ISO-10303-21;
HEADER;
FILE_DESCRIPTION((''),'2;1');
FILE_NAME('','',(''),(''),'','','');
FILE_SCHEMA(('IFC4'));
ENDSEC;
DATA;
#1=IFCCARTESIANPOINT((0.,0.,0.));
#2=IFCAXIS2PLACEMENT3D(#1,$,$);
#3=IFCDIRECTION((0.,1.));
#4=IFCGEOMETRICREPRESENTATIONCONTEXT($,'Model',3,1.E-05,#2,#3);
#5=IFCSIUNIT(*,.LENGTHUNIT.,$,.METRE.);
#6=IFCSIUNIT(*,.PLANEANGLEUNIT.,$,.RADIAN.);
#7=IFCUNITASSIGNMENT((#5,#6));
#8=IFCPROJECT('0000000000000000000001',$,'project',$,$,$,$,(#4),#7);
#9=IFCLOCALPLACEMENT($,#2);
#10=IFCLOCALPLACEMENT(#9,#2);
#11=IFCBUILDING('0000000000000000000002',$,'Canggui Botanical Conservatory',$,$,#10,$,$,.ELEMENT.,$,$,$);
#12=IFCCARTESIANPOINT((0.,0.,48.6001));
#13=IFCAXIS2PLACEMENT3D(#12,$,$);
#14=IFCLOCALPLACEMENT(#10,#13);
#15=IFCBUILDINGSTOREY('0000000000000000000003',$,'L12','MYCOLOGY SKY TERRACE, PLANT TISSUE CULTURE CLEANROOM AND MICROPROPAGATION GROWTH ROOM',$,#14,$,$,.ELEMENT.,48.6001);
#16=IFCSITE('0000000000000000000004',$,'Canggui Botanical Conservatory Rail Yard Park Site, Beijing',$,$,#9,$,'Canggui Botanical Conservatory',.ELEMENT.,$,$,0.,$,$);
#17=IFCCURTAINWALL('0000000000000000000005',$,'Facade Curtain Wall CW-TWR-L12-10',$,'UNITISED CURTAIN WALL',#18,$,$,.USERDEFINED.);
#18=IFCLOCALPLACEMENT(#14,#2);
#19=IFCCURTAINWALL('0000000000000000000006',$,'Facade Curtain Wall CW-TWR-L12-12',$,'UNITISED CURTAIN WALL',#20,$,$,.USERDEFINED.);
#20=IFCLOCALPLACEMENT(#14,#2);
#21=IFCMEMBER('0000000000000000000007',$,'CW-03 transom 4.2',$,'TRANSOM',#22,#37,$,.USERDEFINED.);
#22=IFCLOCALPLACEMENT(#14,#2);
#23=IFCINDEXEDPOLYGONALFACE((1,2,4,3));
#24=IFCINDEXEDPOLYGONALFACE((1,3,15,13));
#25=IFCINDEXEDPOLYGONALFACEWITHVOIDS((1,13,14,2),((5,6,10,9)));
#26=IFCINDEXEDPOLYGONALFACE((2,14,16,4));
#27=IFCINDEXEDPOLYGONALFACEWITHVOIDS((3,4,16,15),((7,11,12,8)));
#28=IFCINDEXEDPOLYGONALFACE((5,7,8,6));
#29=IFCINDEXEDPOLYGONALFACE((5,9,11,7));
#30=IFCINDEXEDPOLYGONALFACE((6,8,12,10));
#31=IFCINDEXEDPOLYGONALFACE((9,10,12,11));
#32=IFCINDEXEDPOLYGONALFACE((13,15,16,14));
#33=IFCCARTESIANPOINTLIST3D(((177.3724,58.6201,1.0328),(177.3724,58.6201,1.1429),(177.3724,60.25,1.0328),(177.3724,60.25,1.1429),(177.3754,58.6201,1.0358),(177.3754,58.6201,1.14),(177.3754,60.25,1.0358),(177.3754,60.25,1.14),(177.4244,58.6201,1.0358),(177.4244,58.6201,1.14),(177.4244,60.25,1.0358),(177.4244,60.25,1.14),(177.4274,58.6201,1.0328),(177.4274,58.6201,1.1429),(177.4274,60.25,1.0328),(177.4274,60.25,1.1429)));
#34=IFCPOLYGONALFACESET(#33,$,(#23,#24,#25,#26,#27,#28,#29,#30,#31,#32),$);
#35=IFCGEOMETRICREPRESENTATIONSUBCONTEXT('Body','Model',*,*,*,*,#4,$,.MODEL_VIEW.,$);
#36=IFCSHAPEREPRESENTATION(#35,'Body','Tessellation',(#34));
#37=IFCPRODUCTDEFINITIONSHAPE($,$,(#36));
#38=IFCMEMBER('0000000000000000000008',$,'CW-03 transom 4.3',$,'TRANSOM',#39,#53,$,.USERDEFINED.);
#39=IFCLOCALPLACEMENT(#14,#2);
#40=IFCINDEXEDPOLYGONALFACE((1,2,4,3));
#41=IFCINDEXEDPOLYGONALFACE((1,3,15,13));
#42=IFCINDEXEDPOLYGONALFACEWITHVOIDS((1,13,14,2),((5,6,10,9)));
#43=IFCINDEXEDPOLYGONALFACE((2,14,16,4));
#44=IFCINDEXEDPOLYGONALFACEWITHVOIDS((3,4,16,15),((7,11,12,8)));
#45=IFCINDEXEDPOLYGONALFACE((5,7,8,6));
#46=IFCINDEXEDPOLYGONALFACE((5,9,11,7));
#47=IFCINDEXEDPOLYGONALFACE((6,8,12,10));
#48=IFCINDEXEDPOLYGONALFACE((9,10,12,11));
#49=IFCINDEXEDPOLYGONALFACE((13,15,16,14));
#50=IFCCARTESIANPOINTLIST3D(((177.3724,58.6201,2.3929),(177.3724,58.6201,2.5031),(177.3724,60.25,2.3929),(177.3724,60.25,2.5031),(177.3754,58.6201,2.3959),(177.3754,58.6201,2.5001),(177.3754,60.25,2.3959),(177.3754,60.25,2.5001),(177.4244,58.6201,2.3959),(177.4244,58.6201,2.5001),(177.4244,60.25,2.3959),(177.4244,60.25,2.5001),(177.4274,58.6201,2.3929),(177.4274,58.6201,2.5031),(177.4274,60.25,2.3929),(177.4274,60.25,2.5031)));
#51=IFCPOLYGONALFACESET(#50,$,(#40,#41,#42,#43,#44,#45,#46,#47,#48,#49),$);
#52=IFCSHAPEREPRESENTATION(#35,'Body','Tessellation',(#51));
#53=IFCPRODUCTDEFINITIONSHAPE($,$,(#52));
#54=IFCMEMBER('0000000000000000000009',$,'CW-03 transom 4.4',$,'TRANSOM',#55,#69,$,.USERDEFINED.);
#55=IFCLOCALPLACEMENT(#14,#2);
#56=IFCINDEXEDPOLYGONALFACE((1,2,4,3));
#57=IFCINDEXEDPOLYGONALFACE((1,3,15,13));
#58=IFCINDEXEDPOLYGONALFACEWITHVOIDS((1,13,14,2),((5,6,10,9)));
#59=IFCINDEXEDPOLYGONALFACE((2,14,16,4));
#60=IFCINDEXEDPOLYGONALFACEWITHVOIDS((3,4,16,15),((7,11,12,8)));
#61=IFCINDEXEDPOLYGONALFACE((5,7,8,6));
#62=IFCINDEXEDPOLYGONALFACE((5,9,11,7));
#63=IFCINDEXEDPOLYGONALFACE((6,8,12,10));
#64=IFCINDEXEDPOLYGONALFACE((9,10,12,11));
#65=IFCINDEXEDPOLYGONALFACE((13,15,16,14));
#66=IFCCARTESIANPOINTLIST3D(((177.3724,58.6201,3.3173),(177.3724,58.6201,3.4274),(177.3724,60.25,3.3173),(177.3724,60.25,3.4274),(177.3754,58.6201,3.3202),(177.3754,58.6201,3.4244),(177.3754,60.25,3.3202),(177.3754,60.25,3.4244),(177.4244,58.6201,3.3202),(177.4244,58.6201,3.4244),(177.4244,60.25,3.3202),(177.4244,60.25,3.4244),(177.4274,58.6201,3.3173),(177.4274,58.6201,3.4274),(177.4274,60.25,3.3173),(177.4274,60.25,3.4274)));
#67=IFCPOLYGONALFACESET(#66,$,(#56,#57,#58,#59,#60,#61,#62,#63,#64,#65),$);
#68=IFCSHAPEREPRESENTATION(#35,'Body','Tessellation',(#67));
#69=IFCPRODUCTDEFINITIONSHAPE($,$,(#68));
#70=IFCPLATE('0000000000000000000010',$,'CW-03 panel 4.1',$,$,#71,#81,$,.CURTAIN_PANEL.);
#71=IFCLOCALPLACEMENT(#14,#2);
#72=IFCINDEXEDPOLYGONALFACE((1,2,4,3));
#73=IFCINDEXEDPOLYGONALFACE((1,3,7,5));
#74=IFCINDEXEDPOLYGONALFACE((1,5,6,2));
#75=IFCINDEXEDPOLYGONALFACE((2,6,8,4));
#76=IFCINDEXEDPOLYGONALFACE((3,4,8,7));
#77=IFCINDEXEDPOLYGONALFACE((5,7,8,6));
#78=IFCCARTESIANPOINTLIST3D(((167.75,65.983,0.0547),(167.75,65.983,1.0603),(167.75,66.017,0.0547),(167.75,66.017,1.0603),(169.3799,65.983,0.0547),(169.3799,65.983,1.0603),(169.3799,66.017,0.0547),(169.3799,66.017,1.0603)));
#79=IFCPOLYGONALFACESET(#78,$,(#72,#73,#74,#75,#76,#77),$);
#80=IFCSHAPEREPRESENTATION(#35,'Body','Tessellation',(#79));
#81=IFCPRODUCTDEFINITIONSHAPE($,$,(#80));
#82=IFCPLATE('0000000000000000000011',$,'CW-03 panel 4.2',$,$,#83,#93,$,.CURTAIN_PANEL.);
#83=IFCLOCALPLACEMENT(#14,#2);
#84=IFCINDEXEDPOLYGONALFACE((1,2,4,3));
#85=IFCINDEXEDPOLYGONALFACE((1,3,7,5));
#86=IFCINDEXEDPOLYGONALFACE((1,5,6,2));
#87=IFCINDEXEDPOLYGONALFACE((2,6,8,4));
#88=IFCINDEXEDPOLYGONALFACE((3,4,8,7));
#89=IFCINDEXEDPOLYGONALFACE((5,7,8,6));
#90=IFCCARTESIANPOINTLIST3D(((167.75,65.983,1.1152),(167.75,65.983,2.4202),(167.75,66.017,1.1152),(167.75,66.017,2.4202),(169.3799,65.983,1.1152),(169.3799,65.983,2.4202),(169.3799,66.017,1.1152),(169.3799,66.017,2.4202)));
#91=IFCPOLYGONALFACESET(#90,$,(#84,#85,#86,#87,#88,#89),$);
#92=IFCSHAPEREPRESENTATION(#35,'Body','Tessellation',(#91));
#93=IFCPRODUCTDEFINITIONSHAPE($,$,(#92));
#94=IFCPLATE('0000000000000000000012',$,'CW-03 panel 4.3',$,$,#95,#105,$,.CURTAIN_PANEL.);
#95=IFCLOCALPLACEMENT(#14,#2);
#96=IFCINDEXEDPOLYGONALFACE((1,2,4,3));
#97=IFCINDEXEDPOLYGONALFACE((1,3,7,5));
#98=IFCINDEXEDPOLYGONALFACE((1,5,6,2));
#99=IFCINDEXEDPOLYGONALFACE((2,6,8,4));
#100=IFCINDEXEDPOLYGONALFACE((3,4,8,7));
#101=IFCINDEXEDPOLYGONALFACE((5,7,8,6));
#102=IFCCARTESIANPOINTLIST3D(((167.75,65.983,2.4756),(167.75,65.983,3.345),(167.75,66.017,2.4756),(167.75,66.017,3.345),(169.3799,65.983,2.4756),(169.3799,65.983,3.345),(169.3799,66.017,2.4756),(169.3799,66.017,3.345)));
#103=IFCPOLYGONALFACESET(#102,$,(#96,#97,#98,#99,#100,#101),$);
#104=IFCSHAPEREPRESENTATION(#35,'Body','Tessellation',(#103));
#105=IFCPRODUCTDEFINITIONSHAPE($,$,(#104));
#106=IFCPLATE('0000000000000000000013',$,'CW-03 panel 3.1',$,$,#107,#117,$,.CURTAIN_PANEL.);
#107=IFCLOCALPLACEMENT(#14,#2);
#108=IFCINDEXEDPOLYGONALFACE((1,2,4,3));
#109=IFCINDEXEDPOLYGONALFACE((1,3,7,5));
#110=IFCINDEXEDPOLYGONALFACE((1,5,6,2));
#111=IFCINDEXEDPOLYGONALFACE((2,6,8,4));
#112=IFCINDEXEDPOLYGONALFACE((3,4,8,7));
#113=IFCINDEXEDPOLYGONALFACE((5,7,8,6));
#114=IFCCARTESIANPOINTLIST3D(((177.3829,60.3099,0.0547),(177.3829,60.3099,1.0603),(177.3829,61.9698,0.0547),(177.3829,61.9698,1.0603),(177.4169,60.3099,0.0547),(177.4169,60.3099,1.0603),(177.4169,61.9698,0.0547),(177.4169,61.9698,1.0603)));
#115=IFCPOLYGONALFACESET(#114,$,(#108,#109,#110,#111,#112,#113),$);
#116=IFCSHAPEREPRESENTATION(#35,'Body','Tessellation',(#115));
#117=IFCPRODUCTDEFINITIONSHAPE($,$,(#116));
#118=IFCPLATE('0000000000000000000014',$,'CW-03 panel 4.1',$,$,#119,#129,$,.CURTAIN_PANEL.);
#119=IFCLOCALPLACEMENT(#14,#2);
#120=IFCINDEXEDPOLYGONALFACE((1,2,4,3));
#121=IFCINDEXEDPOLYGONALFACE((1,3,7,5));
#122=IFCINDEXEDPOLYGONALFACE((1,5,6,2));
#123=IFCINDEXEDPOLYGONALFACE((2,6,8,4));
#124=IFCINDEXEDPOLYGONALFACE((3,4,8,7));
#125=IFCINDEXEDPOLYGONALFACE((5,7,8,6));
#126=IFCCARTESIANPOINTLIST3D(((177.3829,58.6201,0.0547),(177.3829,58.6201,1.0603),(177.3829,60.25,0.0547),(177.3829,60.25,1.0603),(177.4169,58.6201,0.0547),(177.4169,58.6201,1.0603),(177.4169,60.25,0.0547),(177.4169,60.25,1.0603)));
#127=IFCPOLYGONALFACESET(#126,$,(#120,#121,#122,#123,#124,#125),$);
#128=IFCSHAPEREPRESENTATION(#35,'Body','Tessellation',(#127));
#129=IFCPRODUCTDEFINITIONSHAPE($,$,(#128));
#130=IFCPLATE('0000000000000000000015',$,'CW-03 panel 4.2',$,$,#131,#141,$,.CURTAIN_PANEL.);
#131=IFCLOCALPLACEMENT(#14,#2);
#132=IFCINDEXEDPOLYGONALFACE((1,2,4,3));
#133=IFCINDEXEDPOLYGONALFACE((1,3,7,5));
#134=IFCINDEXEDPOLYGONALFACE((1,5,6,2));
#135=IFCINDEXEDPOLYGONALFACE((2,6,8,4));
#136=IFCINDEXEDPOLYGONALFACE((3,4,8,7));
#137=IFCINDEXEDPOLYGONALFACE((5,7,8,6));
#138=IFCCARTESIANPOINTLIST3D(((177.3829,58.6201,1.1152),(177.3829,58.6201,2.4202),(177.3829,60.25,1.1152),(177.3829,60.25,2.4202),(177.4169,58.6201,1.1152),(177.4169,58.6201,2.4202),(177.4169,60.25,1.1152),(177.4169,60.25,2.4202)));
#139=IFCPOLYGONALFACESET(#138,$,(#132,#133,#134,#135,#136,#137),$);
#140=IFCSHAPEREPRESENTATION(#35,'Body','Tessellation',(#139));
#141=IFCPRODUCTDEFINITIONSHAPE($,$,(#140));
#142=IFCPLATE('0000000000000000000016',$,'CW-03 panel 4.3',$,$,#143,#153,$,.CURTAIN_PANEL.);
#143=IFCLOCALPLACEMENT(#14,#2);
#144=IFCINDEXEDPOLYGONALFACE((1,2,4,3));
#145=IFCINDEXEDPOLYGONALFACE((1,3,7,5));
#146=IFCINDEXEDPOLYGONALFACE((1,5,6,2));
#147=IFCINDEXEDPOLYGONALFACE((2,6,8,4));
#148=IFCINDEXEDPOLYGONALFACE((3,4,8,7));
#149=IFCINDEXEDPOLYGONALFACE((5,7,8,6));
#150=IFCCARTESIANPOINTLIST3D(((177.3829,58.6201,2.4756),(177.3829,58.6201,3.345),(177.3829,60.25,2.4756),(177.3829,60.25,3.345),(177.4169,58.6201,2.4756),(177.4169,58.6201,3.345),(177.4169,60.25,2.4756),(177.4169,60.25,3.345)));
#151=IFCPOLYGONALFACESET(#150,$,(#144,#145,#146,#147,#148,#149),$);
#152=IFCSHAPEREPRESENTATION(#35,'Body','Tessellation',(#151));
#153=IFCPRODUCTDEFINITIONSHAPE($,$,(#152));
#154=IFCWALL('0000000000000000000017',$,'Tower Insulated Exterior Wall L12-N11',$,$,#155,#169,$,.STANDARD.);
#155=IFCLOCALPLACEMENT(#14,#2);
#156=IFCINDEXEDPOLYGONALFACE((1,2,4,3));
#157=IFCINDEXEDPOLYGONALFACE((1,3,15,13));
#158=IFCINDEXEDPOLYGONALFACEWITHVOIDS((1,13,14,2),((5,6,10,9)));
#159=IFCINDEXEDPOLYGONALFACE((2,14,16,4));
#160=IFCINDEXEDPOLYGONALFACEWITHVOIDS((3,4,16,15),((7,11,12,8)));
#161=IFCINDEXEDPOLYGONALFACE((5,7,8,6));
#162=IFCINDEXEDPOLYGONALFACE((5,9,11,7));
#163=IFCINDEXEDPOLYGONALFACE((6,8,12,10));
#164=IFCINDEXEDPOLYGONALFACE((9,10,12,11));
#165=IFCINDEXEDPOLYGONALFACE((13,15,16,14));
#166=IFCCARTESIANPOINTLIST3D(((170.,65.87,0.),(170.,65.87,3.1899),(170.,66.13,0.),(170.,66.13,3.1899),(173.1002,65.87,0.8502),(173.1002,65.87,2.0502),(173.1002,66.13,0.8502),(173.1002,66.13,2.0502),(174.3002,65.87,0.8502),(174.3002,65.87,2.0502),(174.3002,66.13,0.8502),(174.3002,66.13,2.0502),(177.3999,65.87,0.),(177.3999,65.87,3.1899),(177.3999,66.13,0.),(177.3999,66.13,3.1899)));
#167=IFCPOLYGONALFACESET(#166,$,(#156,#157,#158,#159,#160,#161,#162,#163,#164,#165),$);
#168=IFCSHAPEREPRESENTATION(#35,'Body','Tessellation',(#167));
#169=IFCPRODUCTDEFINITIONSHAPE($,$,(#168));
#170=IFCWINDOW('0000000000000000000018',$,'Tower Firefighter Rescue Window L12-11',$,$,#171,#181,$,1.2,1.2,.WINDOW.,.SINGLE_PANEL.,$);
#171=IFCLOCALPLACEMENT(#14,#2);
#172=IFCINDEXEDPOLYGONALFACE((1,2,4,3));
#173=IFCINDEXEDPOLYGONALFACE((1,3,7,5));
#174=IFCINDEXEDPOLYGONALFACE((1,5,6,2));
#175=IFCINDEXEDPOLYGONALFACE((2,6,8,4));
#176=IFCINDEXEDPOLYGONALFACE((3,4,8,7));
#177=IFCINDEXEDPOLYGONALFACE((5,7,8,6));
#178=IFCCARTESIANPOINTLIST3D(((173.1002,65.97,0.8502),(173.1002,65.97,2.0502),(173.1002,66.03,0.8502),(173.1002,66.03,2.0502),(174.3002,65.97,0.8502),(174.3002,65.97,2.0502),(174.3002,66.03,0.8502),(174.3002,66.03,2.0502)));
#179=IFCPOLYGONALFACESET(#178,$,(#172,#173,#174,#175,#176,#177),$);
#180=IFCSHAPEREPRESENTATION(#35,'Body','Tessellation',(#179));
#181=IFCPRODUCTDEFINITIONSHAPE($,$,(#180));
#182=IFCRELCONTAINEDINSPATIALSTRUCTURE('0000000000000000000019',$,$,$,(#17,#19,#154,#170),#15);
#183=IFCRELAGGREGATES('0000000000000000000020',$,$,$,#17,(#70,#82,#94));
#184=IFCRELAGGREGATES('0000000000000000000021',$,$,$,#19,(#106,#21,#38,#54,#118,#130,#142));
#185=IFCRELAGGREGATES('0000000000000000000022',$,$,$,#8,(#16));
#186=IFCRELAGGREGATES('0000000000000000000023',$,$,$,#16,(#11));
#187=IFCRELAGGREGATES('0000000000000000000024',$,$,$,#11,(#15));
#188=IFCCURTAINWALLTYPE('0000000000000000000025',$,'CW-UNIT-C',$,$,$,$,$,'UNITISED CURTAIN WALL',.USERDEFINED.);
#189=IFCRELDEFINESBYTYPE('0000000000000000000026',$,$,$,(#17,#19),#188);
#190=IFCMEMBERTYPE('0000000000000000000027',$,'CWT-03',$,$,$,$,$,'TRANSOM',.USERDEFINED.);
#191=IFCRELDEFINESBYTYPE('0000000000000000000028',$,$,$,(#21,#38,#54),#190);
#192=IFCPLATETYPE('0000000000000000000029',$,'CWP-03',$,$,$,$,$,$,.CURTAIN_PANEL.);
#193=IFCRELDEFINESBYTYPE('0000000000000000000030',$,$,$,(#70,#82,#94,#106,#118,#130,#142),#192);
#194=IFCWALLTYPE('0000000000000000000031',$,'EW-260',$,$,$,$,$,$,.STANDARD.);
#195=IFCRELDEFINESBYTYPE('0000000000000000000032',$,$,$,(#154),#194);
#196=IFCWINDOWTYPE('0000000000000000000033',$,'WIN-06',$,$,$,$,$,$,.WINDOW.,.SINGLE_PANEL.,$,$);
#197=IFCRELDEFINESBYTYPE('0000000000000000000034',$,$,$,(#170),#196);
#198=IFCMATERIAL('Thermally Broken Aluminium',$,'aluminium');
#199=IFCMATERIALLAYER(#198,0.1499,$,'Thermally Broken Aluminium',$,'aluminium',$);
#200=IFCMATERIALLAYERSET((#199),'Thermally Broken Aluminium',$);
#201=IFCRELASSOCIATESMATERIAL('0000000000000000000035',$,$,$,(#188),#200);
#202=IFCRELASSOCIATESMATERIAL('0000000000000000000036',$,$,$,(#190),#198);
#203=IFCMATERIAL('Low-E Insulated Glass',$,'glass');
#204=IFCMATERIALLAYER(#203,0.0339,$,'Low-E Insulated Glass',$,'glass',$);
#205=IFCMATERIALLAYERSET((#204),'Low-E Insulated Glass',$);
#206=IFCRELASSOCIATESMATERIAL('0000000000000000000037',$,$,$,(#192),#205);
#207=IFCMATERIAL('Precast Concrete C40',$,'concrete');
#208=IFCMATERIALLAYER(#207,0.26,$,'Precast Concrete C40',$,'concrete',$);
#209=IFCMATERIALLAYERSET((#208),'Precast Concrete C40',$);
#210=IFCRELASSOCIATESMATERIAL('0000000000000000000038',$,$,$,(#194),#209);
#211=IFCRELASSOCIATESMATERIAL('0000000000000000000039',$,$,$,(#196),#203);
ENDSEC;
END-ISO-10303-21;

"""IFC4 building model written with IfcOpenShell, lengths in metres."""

from ifc_helpers import new_model, si_unit, direction, frame, frame_2d, origin, origin_2d, place, context, subcontext, project, spatial, rectangle, hollow_rectangle, extrude, material, layer, layer_set, material_profile, profile_set, type_object, element, fill, aggregate, save


model = new_model("IFC4")

# Units and contexts
model_context = context("Model", 3, precision=1e-05, world=origin(), true_north=direction((0.0, 1.0)))
body_context = subcontext(model_context, "Body", "Model", "MODEL_VIEW")
ifc_project = project(units=[si_unit("LENGTHUNIT", "METRE"), si_unit("PLANEANGLEUNIT", "RADIAN")], contexts=[model_context])

# Site, building, storey
site_placement = place(None, origin())
site = spatial("IfcSite", under=ifc_project, at=site_placement, Name="Canggui Botanical Conservatory Rail Yard Park Site, Beijing", LongName="Canggui Botanical Conservatory", CompositionType="ELEMENT", RefElevation=0.0)
building_placement = place(site_placement, origin())
building = spatial("IfcBuilding", under=site, at=building_placement, Name="Canggui Botanical Conservatory", CompositionType="ELEMENT")
storey_placement = place(building_placement, frame((0.0, 0.0, 48.6001)))
storey = spatial("IfcBuildingStorey", under=building, at=storey_placement, Name="L12", Description="MYCOLOGY SKY TERRACE, PLANT TISSUE CULTURE CLEANROOM AND MICROPROPAGATION GROWTH ROOM", CompositionType="ELEMENT", Elevation=48.6001)

# Curtain wall
ifc_material_1 = material(Name="Thermally Broken Aluminium", Category="aluminium")
ifc_layer_1 = layer(ifc_material_1, 0.1499, Name="Thermally Broken Aluminium", Category="aluminium")
ifc_layer_set_1 = layer_set([ifc_layer_1], Name="Thermally Broken Aluminium")
curtain_wall_type = type_object("IfcCurtainWallType", Name="CW-UNIT-C", ElementType="UNITISED CURTAIN WALL", PredefinedType="USERDEFINED", material=ifc_layer_set_1)
curtain_wall_1_placement = place(storey_placement, origin())
curtain_wall_1 = element("IfcCurtainWall", 1, at=curtain_wall_1_placement, inside=storey, type_object=curtain_wall_type, Name="Facade Curtain Wall CW-TWR-L12-10", ObjectType="UNITISED CURTAIN WALL", PredefinedType="USERDEFINED")

# Curtain wall, members
curtain_wall_2_placement = place(storey_placement, origin())
curtain_wall_2 = element("IfcCurtainWall", 2, at=curtain_wall_2_placement, inside=storey, type_object=curtain_wall_type, Name="Facade Curtain Wall CW-TWR-L12-12", ObjectType="UNITISED CURTAIN WALL", PredefinedType="USERDEFINED")
ifc_material_profile_1 = material_profile(ifc_material_1, hollow_rectangle(XDim=0.0549, YDim=0.1101, WallThickness=0.0029, at=origin_2d()), Name="CWT 55x110x3")
ifc_profile_set_1 = profile_set([ifc_material_profile_1], Name="Thermally Broken Aluminium")
member_type_1 = type_object("IfcMemberType", Name="CWT-03", ElementType="TRANSOM", PredefinedType="USERDEFINED", material=ifc_profile_set_1)
member_1_placement = place(storey_placement, frame((177.3999, 60.25, 1.0879), z_axis=(0.0, -1.0, 0.0), x_axis=(1.0, 0.0, 0.0)))
member_1 = element("IfcMember", 3, at=member_1_placement, type_object=member_type_1, Name="CW-03 transom 4.2", ObjectType="TRANSOM", PredefinedType="USERDEFINED", context=body_context, shape_type="SweptSolid", body=[
    extrude(hollow_rectangle(XDim=0.0549, YDim=0.1101, WallThickness=0.0029, at=origin_2d()), origin(), (0.0, 0.0, 1.0), 1.6299),
])
member_2_placement = place(storey_placement, frame((177.3999, 60.25, 2.448), z_axis=(0.0, -1.0, 0.0), x_axis=(1.0, 0.0, 0.0)))
member_2 = element("IfcMember", 4, at=member_2_placement, type_object=member_type_1, Name="CW-03 transom 4.3", ObjectType="TRANSOM", PredefinedType="USERDEFINED", context=body_context, shape_type="SweptSolid", body=[
    extrude(hollow_rectangle(XDim=0.0549, YDim=0.1101, WallThickness=0.0029, at=origin_2d()), origin(), (0.0, 0.0, 1.0), 1.6299),
])
member_3_placement = place(storey_placement, frame((177.3999, 60.25, 3.3723), z_axis=(0.0, -1.0, 0.0), x_axis=(1.0, 0.0, 0.0)))
member_3 = element("IfcMember", 5, at=member_3_placement, type_object=member_type_1, Name="CW-03 transom 4.4", ObjectType="TRANSOM", PredefinedType="USERDEFINED", context=body_context, shape_type="SweptSolid", body=[
    extrude(hollow_rectangle(XDim=0.0549, YDim=0.1101, WallThickness=0.0029, at=origin_2d()), origin(), (0.0, 0.0, 1.0), 1.6299),
])

# Plates
ifc_material_2 = material(Name="Low-E Insulated Glass", Category="glass")
ifc_layer_2 = layer(ifc_material_2, 0.0339, Name="Low-E Insulated Glass", Category="glass")
ifc_layer_set_2 = layer_set([ifc_layer_2], Name="Low-E Insulated Glass")
plate_type = type_object("IfcPlateType", Name="CWP-03", PredefinedType="CURTAIN_PANEL", material=ifc_layer_set_2)
plate_1_placement = place(storey_placement, frame((168.5649, 66.0, 0.0547), z_axis=(0.0, 0.0, 1.0), x_axis=(1.0, 0.0, 0.0)))
plate_1 = element("IfcPlate", 6, at=plate_1_placement, type_object=plate_type, Name="CW-03 panel 4.1", PredefinedType="CURTAIN_PANEL", context=body_context, shape_type="SweptSolid", body=[
    extrude(rectangle(XDim=1.6299, YDim=0.0339, at=origin_2d()), origin(), (0.0, 0.0, 1.0), 1.0056),
])
plate_2_placement = place(storey_placement, frame((168.5649, 66.0, 1.1152), z_axis=(0.0, 0.0, 1.0), x_axis=(1.0, 0.0, 0.0)))
plate_2 = element("IfcPlate", 7, at=plate_2_placement, type_object=plate_type, Name="CW-03 panel 4.2", PredefinedType="CURTAIN_PANEL", context=body_context, shape_type="SweptSolid", body=[
    extrude(rectangle(XDim=1.6299, YDim=0.0339, at=origin_2d()), origin(), (0.0, 0.0, 1.0), 1.3049),
])
plate_3_placement = place(storey_placement, frame((168.5649, 66.0, 2.4756), z_axis=(0.0, 0.0, 1.0), x_axis=(1.0, 0.0, 0.0)))
plate_3 = element("IfcPlate", 8, at=plate_3_placement, type_object=plate_type, Name="CW-03 panel 4.3", PredefinedType="CURTAIN_PANEL", context=body_context, shape_type="SweptSolid", body=[
    extrude(rectangle(XDim=1.6299, YDim=0.0339, at=origin_2d()), origin(), (0.0, 0.0, 1.0), 0.8694),
])
aggregate(curtain_wall_1, [plate_1, plate_2, plate_3])
plate_4_placement = place(storey_placement, frame((177.3999, 61.1399, 0.0547), z_axis=(0.0, 0.0, 1.0), x_axis=(0.0, -1.0, 0.0)))
plate_4 = element("IfcPlate", 9, at=plate_4_placement, type_object=plate_type, Name="CW-03 panel 3.1", PredefinedType="CURTAIN_PANEL", context=body_context, shape_type="SweptSolid", body=[
    extrude(rectangle(XDim=1.6599, YDim=0.0339, at=origin_2d()), origin(), (0.0, 0.0, 1.0), 1.0056),
])
plate_5_placement = place(storey_placement, frame((177.3999, 59.4351, 0.0547), z_axis=(0.0, 0.0, 1.0), x_axis=(0.0, -1.0, 0.0)))
plate_5 = element("IfcPlate", 10, at=plate_5_placement, type_object=plate_type, Name="CW-03 panel 4.1", PredefinedType="CURTAIN_PANEL", context=body_context, shape_type="SweptSolid", body=[
    extrude(rectangle(XDim=1.6299, YDim=0.0339, at=origin_2d()), origin(), (0.0, 0.0, 1.0), 1.0056),
])
plate_6_placement = place(storey_placement, frame((177.3999, 59.4351, 1.1152), z_axis=(0.0, 0.0, 1.0), x_axis=(0.0, -1.0, 0.0)))
plate_6 = element("IfcPlate", 11, at=plate_6_placement, type_object=plate_type, Name="CW-03 panel 4.2", PredefinedType="CURTAIN_PANEL", context=body_context, shape_type="SweptSolid", body=[
    extrude(rectangle(XDim=1.6299, YDim=0.0339, at=origin_2d()), origin(), (0.0, 0.0, 1.0), 1.3049),
])
plate_7_placement = place(storey_placement, frame((177.3999, 59.4351, 2.4756), z_axis=(0.0, 0.0, 1.0), x_axis=(0.0, -1.0, 0.0)))
plate_7 = element("IfcPlate", 12, at=plate_7_placement, type_object=plate_type, Name="CW-03 panel 4.3", PredefinedType="CURTAIN_PANEL", context=body_context, shape_type="SweptSolid", body=[
    extrude(rectangle(XDim=1.6299, YDim=0.0339, at=origin_2d()), origin(), (0.0, 0.0, 1.0), 0.8694),
])
aggregate(curtain_wall_2, [plate_4, member_1, member_2, member_3, plate_5, plate_6, plate_7])

# Wall, opening, window
ifc_material_3 = material(Name="Precast Concrete C40", Category="concrete")
ifc_layer_3 = layer(ifc_material_3, 0.26, Name="Precast Concrete C40", Category="concrete")
ifc_layer_set_3 = layer_set([ifc_layer_3], Name="Precast Concrete C40")
wall_type = type_object("IfcWallType", Name="EW-260", PredefinedType="STANDARD", material=ifc_layer_set_3)
wall_1_placement = place(storey_placement, frame((170.0, 66.0, 0.0), z_axis=(0.0, 0.0, 1.0), x_axis=(1.0, 0.0, 0.0)))
wall_1 = element("IfcWall", 13, at=wall_1_placement, inside=storey, type_object=wall_type, Name="Tower Insulated Exterior Wall L12-N11", PredefinedType="STANDARD", context=body_context, shape_type="SweptSolid", body=[
    extrude(rectangle(XDim=7.3999, YDim=0.26, at=frame_2d((3.7, 0.0))), origin(), (0.0, 0.0, 1.0), 3.1899),
])
opening_1_placement = place(wall_1_placement, frame((3.1001, 0.0, 0.8501)))
opening_1 = element("IfcOpeningElement", 14, at=opening_1_placement, cuts=wall_1, PredefinedType="OPENING", context=body_context, shape_type="SweptSolid", body=[
    extrude(rectangle(XDim=1.2, YDim=1.2, at=frame_2d((0.6001, 0.6001))), frame((0.0, 0.1401, 0.0), z_axis=(0.0, -1.0, 0.0), x_axis=(1.0, 0.0, 0.0)), (0.0, 0.0, 1.0), 0.28),
])
window_type_1 = type_object("IfcWindowType", Name="WIN-06", PartitioningType="SINGLE_PANEL", PredefinedType="WINDOW", material=ifc_material_2)
window_1_placement = place(opening_1_placement, origin())
window_1 = element("IfcWindow", 15, at=window_1_placement, inside=storey, type_object=window_type_1, Name="Tower Firefighter Rescue Window L12-11", OverallHeight=1.2, OverallWidth=1.2, PartitioningType="SINGLE_PANEL", PredefinedType="WINDOW", context=body_context, shape_type="SweptSolid", body=[
    extrude(rectangle(XDim=1.2, YDim=1.2, at=frame_2d((0.6001, 0.6001))), frame((0.0, 0.03, 0.0), z_axis=(0.0, -1.0, 0.0), x_axis=(1.0, 0.0, 0.0)), (0.0, 0.0, 1.0), 0.0601),
])
fill(opening_1, window_1)

save(model, "model.ifc")
